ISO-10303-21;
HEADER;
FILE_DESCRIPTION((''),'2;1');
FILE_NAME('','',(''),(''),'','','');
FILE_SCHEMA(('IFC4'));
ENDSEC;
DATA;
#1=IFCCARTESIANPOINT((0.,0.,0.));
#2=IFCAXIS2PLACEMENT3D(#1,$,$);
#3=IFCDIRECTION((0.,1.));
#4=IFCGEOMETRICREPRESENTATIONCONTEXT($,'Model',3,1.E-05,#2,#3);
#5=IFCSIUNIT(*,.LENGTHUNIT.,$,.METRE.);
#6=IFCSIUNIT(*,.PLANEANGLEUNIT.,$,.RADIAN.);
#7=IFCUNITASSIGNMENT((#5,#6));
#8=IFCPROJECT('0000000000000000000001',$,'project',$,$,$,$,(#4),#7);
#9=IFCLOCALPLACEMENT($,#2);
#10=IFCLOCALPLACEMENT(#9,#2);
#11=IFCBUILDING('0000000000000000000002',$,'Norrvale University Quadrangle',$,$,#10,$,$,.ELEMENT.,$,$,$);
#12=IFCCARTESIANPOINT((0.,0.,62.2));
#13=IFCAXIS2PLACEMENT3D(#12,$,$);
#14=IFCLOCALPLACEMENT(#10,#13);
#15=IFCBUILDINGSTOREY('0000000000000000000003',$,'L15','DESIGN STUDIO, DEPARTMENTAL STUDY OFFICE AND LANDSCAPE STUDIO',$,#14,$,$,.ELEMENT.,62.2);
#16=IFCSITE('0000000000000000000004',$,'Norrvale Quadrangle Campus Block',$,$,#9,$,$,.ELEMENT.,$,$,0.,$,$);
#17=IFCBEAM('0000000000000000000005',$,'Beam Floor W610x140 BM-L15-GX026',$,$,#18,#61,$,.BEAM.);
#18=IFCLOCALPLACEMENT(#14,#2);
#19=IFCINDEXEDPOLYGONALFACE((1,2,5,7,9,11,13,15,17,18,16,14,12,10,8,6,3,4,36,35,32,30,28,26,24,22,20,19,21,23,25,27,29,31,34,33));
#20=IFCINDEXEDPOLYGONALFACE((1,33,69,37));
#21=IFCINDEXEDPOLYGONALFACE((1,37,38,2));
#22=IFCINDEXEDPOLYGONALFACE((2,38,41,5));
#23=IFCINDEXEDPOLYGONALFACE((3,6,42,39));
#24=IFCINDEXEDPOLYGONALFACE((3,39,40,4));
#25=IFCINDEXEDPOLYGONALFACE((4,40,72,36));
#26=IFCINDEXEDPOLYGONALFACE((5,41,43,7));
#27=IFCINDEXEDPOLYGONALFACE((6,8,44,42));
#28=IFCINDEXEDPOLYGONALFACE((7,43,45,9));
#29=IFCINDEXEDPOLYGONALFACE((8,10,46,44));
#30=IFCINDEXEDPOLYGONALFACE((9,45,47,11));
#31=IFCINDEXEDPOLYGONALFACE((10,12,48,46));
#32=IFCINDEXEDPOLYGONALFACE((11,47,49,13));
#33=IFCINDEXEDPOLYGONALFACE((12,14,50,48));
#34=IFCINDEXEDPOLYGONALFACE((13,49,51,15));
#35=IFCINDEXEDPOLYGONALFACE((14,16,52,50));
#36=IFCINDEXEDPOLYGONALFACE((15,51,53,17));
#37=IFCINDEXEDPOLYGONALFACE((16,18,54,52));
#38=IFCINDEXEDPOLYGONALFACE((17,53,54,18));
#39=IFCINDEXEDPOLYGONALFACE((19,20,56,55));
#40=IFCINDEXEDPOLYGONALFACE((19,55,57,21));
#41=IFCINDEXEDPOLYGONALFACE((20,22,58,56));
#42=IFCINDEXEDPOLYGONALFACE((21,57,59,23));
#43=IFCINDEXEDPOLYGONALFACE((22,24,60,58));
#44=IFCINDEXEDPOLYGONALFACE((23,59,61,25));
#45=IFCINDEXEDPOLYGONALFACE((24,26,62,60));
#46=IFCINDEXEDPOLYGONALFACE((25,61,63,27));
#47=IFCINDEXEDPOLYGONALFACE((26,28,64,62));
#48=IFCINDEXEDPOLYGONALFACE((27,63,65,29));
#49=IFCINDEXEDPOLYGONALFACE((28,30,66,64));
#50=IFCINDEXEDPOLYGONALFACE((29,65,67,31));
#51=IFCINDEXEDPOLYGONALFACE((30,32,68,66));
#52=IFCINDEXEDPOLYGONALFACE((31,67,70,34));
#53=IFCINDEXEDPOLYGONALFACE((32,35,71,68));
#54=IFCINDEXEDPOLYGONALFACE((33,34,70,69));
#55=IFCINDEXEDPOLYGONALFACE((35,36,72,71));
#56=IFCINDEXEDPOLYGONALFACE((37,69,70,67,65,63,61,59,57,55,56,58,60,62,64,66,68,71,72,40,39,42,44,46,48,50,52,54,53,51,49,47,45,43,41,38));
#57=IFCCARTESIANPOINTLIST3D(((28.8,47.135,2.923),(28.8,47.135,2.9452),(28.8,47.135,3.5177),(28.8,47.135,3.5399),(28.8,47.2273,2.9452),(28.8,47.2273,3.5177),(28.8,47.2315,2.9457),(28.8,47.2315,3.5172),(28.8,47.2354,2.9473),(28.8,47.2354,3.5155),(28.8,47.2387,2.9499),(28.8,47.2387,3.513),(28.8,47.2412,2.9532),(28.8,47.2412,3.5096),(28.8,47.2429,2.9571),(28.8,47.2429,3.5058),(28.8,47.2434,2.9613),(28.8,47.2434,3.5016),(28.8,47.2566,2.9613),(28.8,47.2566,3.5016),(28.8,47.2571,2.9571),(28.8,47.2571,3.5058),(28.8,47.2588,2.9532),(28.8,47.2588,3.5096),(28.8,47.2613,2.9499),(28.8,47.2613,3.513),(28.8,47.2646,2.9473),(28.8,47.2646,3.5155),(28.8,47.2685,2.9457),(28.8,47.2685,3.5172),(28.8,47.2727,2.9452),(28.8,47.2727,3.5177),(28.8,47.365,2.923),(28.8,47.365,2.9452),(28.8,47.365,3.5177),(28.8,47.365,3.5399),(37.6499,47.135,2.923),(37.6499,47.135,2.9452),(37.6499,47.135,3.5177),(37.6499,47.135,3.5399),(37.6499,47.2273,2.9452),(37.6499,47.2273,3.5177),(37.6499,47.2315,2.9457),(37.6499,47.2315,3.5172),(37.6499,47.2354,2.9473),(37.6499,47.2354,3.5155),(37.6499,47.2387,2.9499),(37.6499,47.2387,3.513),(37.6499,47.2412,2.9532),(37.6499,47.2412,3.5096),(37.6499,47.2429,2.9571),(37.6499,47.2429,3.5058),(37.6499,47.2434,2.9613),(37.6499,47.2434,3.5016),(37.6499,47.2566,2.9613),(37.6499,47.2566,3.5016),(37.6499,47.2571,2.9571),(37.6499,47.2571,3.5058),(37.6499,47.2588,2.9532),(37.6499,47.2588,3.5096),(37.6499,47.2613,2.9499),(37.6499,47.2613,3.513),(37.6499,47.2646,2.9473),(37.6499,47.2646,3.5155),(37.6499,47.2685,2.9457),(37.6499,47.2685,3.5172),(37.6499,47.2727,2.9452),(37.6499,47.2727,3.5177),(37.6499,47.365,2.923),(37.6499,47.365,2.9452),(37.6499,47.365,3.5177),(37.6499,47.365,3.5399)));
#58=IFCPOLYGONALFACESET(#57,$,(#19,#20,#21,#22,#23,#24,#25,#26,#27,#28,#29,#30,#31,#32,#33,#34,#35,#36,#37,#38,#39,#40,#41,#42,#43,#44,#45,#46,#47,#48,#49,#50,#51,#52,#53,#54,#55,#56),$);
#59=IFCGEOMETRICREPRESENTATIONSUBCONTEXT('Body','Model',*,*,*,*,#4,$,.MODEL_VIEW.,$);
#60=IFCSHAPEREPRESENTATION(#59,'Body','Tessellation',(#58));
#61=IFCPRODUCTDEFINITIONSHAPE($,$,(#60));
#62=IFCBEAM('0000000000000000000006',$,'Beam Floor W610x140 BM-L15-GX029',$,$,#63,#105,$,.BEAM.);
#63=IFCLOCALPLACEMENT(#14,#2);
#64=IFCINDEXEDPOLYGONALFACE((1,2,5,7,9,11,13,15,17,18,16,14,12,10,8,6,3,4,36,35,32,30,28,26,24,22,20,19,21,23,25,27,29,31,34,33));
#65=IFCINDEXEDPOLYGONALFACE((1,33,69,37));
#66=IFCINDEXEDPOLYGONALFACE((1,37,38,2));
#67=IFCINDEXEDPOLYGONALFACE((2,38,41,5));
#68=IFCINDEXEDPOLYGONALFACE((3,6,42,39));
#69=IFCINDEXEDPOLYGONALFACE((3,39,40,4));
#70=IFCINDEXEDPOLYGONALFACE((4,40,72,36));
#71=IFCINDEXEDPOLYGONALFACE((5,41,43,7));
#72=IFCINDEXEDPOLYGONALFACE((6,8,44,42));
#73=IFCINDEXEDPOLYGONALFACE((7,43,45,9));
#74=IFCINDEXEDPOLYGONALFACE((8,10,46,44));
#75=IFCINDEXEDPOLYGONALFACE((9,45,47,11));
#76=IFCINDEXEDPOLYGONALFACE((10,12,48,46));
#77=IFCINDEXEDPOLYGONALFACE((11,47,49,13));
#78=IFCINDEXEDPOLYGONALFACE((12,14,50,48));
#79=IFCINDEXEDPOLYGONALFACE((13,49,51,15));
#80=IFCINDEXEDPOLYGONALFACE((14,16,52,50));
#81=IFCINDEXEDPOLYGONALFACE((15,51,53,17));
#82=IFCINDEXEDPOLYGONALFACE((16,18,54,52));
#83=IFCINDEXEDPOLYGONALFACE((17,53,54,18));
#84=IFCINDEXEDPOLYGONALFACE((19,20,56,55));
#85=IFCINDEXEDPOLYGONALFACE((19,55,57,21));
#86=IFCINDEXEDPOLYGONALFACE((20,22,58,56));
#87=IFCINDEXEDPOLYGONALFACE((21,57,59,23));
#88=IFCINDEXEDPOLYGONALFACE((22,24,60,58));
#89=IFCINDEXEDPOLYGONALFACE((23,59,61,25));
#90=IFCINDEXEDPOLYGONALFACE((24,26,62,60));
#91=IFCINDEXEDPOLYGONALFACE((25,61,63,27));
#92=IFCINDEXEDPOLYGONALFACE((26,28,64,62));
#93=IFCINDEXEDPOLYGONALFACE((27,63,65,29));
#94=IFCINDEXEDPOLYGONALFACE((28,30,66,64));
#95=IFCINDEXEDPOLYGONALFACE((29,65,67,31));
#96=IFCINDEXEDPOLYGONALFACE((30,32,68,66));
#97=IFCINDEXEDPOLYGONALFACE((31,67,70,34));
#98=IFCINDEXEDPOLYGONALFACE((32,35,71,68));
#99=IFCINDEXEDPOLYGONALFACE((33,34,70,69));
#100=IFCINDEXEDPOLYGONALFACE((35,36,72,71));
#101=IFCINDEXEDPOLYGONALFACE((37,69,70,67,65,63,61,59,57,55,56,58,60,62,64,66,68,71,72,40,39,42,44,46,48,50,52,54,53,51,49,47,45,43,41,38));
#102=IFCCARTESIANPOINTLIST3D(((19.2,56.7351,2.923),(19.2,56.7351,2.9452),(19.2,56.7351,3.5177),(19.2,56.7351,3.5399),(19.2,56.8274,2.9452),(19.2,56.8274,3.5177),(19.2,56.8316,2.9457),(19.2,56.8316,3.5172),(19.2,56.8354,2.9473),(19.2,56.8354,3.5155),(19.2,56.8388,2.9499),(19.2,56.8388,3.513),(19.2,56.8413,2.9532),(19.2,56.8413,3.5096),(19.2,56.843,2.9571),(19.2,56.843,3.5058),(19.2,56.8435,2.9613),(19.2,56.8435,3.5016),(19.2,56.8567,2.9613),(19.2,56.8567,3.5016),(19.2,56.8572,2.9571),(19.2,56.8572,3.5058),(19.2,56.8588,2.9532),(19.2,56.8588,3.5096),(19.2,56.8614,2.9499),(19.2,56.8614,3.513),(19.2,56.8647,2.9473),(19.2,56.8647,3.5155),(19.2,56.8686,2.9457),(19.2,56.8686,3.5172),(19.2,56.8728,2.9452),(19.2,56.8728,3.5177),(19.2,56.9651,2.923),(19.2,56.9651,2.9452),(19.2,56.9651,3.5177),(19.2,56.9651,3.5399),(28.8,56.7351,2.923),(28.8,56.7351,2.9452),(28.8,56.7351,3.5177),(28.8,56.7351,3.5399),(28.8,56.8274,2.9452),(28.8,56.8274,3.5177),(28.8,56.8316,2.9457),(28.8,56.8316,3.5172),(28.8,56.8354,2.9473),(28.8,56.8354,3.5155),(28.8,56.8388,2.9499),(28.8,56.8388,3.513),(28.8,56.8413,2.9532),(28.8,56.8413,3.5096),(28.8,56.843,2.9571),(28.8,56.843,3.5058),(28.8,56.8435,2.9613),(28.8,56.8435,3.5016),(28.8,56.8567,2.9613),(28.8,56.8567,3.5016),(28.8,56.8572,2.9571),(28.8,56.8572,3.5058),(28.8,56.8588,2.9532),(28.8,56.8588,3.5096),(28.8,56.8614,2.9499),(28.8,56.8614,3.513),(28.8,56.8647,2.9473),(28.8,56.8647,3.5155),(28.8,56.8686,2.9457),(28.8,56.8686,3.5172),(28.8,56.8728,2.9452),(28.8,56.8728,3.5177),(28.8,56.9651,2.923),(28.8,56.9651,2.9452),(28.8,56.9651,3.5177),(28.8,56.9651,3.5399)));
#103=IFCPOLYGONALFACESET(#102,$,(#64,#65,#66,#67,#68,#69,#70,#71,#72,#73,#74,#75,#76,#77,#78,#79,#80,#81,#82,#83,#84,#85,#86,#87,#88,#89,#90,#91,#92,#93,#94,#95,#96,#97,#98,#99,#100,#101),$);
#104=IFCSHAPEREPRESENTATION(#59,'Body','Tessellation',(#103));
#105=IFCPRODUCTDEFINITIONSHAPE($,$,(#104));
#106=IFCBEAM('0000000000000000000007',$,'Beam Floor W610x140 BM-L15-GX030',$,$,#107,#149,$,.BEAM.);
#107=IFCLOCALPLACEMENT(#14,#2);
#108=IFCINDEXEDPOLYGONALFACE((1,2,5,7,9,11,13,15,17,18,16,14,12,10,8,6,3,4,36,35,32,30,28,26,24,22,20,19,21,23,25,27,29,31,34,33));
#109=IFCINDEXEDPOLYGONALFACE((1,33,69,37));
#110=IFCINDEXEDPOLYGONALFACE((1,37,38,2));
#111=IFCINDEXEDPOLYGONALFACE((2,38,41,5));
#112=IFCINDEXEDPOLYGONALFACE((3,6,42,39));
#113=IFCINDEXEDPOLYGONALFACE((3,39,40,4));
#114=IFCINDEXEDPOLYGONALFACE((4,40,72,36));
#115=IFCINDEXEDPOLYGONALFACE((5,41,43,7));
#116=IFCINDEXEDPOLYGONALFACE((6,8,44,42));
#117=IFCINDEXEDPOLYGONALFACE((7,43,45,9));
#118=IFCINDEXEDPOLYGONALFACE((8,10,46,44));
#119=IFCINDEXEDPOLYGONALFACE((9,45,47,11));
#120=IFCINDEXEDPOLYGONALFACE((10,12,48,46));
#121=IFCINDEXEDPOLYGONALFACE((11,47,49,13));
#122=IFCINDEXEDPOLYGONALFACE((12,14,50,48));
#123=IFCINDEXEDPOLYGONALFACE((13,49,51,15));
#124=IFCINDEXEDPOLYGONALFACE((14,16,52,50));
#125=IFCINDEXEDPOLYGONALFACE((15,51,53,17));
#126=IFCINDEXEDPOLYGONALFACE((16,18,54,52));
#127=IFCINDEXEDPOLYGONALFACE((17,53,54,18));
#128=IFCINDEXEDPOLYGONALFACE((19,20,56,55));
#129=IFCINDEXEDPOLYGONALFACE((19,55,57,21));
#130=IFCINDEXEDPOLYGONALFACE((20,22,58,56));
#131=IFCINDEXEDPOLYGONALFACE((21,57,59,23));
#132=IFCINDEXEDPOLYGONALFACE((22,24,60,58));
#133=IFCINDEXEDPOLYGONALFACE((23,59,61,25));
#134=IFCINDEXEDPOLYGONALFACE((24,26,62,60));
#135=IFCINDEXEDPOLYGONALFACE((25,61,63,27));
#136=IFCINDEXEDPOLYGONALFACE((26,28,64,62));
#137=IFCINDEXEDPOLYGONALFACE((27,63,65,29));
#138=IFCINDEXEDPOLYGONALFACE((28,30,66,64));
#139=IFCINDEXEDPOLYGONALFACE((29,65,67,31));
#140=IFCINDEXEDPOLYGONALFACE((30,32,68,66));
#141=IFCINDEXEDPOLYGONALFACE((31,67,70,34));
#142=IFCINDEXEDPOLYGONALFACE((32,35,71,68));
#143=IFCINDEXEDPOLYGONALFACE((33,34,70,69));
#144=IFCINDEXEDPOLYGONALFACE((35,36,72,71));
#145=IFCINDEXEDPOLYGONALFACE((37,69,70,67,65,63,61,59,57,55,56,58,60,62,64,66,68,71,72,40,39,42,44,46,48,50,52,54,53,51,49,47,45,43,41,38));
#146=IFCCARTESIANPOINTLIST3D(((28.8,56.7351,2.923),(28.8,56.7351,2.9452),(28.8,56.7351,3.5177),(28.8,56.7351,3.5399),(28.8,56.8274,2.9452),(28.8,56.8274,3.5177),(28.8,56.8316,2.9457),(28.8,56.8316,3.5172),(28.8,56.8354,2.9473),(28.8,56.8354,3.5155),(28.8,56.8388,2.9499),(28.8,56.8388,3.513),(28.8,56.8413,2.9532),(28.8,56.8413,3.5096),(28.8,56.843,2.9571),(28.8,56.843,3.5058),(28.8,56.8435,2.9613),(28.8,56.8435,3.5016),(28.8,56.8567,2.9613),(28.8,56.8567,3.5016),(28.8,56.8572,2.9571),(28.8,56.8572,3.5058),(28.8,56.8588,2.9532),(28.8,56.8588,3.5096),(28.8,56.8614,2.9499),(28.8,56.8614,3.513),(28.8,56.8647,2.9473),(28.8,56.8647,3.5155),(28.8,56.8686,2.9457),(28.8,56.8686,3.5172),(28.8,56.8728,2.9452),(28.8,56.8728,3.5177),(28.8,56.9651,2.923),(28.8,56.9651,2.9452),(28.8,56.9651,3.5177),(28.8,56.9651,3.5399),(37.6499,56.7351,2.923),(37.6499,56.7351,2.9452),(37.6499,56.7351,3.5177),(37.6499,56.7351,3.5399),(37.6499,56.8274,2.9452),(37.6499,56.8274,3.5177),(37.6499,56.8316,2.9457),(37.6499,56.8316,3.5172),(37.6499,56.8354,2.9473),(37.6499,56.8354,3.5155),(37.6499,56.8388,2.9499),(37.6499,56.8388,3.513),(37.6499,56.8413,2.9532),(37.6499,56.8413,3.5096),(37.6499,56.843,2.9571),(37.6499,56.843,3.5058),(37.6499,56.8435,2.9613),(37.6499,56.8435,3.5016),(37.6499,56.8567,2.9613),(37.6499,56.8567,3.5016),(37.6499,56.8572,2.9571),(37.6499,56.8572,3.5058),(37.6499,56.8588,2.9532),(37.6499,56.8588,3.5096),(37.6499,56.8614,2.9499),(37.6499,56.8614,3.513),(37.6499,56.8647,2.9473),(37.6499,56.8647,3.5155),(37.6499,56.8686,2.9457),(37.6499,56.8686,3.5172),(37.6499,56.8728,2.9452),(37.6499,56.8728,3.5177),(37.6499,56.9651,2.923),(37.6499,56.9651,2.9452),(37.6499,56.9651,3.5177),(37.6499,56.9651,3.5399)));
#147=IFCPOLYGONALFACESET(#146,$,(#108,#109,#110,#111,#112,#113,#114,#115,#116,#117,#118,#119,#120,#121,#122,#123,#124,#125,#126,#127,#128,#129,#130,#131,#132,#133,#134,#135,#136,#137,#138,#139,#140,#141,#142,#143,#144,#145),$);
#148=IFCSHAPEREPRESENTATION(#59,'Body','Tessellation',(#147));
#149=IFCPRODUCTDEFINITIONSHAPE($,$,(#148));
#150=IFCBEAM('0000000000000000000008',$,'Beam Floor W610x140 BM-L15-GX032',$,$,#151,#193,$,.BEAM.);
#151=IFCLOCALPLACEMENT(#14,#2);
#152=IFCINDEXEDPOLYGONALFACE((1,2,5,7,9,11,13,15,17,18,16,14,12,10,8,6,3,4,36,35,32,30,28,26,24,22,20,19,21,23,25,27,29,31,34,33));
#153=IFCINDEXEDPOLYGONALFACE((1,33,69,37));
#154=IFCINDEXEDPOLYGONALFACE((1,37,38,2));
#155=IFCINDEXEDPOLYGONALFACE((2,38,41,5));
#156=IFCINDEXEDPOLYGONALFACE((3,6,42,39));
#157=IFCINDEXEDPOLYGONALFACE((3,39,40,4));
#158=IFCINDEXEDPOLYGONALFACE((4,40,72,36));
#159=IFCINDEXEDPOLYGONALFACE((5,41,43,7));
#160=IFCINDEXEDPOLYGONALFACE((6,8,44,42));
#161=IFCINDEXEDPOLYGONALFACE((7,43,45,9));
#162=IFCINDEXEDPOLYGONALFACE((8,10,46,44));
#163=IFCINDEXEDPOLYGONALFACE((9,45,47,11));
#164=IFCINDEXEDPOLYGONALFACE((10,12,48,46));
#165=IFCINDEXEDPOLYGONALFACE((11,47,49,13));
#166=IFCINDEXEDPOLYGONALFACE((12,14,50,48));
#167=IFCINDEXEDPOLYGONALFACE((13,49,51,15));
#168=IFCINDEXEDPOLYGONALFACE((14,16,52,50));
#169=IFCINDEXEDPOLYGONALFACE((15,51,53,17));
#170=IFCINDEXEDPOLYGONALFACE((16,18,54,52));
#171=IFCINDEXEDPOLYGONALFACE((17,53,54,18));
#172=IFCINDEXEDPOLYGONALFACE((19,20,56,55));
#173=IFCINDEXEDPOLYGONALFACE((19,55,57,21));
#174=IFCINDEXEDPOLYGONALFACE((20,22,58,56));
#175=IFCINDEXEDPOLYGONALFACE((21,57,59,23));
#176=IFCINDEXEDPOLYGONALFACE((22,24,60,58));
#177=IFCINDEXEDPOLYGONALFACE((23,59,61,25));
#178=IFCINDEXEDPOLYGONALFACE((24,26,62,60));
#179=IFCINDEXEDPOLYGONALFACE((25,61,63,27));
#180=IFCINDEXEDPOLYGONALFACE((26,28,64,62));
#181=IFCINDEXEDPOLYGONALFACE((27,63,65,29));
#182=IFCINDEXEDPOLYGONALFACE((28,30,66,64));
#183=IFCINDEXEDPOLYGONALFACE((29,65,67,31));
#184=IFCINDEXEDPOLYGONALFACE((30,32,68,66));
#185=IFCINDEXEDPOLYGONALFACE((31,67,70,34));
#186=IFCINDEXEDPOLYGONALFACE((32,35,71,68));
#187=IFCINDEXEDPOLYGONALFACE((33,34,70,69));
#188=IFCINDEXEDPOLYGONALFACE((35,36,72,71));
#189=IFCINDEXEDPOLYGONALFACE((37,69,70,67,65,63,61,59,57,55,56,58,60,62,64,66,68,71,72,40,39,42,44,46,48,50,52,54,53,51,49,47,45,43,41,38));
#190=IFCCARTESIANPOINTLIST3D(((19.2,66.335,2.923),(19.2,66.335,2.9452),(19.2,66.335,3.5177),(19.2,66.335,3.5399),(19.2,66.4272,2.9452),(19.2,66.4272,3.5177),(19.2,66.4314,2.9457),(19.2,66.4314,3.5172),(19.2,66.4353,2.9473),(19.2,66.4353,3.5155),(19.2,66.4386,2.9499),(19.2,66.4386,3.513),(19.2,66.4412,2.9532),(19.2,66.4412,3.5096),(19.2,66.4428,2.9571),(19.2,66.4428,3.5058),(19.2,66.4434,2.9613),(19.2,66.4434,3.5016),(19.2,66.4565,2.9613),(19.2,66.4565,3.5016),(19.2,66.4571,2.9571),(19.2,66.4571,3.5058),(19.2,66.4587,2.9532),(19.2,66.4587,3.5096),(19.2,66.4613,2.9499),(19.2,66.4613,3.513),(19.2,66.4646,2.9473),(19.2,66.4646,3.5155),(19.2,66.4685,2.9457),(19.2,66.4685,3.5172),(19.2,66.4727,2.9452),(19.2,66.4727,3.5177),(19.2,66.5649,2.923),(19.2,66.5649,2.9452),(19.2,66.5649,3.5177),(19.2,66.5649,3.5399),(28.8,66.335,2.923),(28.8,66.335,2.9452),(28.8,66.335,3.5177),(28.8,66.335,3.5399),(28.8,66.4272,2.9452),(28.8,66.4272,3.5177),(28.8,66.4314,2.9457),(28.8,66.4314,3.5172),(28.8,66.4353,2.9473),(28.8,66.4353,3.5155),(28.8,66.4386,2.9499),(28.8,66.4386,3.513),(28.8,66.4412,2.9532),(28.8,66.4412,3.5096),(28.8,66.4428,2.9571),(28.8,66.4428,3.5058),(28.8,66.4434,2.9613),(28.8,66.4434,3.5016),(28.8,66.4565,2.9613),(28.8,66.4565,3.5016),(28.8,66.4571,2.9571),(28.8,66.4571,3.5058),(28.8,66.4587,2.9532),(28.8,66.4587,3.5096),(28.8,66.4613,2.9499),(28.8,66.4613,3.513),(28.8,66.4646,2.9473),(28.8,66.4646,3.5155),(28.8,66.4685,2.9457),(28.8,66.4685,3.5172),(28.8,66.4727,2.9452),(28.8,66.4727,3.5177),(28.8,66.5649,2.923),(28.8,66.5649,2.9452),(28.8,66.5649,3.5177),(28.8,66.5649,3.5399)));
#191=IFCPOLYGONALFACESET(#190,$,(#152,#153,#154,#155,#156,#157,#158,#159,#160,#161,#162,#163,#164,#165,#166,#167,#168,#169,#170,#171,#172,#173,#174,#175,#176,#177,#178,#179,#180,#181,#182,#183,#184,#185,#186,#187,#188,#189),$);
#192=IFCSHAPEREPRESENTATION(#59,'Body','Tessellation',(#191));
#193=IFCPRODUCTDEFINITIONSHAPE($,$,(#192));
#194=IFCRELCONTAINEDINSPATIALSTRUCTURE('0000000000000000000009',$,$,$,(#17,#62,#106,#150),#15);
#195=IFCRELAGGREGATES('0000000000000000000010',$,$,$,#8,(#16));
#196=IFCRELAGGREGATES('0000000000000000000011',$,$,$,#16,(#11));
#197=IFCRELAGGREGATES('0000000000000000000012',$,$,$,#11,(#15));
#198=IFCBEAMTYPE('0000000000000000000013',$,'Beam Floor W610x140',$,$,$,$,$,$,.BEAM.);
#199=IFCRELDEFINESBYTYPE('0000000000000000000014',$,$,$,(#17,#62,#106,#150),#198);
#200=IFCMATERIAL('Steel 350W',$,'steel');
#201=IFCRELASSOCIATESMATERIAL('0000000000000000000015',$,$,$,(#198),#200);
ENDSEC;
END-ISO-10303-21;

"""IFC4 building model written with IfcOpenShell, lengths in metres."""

from ifc_helpers import new_model, si_unit, direction, frame, origin, origin_2d, place, context, subcontext, project, spatial, i_section, extrude, material, material_profile, profile_set, type_object, element, save


model = new_model("IFC4")

# Units and contexts
model_context = context("Model", 3, precision=1e-05, world=origin(), true_north=direction((0.0, 1.0)))
body_context = subcontext(model_context, "Body", "Model", "MODEL_VIEW")
ifc_project = project(units=[si_unit("LENGTHUNIT", "METRE"), si_unit("PLANEANGLEUNIT", "RADIAN")], contexts=[model_context])

# Site, building, storey
site_placement = place(None, origin())
site = spatial("IfcSite", under=ifc_project, at=site_placement, Name="Norrvale Quadrangle Campus Block", CompositionType="ELEMENT", RefElevation=0.0)
building_placement = place(site_placement, origin())
building = spatial("IfcBuilding", under=site, at=building_placement, Name="Norrvale University Quadrangle", CompositionType="ELEMENT")
storey_placement = place(building_placement, frame((0.0, 0.0, 62.2)))
storey = spatial("IfcBuildingStorey", under=building, at=storey_placement, Name="L15", Description="DESIGN STUDIO, DEPARTMENTAL STUDY OFFICE AND LANDSCAPE STUDIO", CompositionType="ELEMENT", Elevation=62.2)

# Beams
ifc_material_1 = material(Name="Steel 350W", Category="steel")
ifc_material_profile_1 = material_profile(ifc_material_1, i_section(OverallWidth=0.23, OverallDepth=0.6169, WebThickness=0.0132, FlangeThickness=0.0222, FilletRadius=0.0161, at=origin_2d()), Name="Steel 350W")
ifc_profile_set_1 = profile_set([ifc_material_profile_1], Name="Steel 350W")
beam_type_1 = type_object("IfcBeamType", Name="Beam Floor W610x140", PredefinedType="BEAM", material=ifc_profile_set_1)
beam_1_placement = place(storey_placement, frame((28.8, 47.25, 3.2314), z_axis=(1.0, 0.0, 0.0), x_axis=(0.0, 1.0, 0.0)))
element("IfcBeam", 1, at=beam_1_placement, inside=storey, type_object=beam_type_1, Name="Beam Floor W610x140 BM-L15-GX026", PredefinedType="BEAM", context=body_context, shape_type="SweptSolid", body=[
    extrude(i_section(OverallWidth=0.23, OverallDepth=0.6169, WebThickness=0.0132, FlangeThickness=0.0222, FilletRadius=0.0161, at=origin_2d()), origin(), (0.0, 0.0, 1.0), 8.8499),
])
beam_2_placement = place(storey_placement, frame((19.2, 56.8501, 3.2314), z_axis=(1.0, 0.0, 0.0), x_axis=(0.0, 1.0, 0.0)))
element("IfcBeam", 2, at=beam_2_placement, inside=storey, type_object=beam_type_1, Name="Beam Floor W610x140 BM-L15-GX029", PredefinedType="BEAM", context=body_context, shape_type="SweptSolid", body=[
    extrude(i_section(OverallWidth=0.23, OverallDepth=0.6169, WebThickness=0.0132, FlangeThickness=0.0222, FilletRadius=0.0161, at=origin_2d()), origin(), (0.0, 0.0, 1.0), 9.6001),
])
beam_3_placement = place(storey_placement, frame((28.8, 56.8501, 3.2314), z_axis=(1.0, 0.0, 0.0), x_axis=(0.0, 1.0, 0.0)))
element("IfcBeam", 3, at=beam_3_placement, inside=storey, type_object=beam_type_1, Name="Beam Floor W610x140 BM-L15-GX030", PredefinedType="BEAM", context=body_context, shape_type="SweptSolid", body=[
    extrude(i_section(OverallWidth=0.23, OverallDepth=0.6169, WebThickness=0.0132, FlangeThickness=0.0222, FilletRadius=0.0161, at=origin_2d()), origin(), (0.0, 0.0, 1.0), 8.8499),
])
for number, where, z_axis, x_axis, name in (
    (4, (19.2, 66.45, 3.2314), (1.0, 0.0, 0.0), (0.0, 1.0, 0.0), "Beam Floor W610x140 BM-L15-GX032"),
):
    element("IfcBeam", number, at=place(storey_placement, frame(where, z_axis=z_axis, x_axis=x_axis)), inside=storey, type_object=beam_type_1, Name=name, PredefinedType="BEAM", context=body_context, shape_type="SweptSolid", body=[
        extrude(i_section(OverallWidth=0.23, OverallDepth=0.6169, WebThickness=0.0132, FlangeThickness=0.0222, FilletRadius=0.0161, at=origin_2d()), origin(), (0.0, 0.0, 1.0), 9.6001),
    ])

save(model, "model.ifc")
